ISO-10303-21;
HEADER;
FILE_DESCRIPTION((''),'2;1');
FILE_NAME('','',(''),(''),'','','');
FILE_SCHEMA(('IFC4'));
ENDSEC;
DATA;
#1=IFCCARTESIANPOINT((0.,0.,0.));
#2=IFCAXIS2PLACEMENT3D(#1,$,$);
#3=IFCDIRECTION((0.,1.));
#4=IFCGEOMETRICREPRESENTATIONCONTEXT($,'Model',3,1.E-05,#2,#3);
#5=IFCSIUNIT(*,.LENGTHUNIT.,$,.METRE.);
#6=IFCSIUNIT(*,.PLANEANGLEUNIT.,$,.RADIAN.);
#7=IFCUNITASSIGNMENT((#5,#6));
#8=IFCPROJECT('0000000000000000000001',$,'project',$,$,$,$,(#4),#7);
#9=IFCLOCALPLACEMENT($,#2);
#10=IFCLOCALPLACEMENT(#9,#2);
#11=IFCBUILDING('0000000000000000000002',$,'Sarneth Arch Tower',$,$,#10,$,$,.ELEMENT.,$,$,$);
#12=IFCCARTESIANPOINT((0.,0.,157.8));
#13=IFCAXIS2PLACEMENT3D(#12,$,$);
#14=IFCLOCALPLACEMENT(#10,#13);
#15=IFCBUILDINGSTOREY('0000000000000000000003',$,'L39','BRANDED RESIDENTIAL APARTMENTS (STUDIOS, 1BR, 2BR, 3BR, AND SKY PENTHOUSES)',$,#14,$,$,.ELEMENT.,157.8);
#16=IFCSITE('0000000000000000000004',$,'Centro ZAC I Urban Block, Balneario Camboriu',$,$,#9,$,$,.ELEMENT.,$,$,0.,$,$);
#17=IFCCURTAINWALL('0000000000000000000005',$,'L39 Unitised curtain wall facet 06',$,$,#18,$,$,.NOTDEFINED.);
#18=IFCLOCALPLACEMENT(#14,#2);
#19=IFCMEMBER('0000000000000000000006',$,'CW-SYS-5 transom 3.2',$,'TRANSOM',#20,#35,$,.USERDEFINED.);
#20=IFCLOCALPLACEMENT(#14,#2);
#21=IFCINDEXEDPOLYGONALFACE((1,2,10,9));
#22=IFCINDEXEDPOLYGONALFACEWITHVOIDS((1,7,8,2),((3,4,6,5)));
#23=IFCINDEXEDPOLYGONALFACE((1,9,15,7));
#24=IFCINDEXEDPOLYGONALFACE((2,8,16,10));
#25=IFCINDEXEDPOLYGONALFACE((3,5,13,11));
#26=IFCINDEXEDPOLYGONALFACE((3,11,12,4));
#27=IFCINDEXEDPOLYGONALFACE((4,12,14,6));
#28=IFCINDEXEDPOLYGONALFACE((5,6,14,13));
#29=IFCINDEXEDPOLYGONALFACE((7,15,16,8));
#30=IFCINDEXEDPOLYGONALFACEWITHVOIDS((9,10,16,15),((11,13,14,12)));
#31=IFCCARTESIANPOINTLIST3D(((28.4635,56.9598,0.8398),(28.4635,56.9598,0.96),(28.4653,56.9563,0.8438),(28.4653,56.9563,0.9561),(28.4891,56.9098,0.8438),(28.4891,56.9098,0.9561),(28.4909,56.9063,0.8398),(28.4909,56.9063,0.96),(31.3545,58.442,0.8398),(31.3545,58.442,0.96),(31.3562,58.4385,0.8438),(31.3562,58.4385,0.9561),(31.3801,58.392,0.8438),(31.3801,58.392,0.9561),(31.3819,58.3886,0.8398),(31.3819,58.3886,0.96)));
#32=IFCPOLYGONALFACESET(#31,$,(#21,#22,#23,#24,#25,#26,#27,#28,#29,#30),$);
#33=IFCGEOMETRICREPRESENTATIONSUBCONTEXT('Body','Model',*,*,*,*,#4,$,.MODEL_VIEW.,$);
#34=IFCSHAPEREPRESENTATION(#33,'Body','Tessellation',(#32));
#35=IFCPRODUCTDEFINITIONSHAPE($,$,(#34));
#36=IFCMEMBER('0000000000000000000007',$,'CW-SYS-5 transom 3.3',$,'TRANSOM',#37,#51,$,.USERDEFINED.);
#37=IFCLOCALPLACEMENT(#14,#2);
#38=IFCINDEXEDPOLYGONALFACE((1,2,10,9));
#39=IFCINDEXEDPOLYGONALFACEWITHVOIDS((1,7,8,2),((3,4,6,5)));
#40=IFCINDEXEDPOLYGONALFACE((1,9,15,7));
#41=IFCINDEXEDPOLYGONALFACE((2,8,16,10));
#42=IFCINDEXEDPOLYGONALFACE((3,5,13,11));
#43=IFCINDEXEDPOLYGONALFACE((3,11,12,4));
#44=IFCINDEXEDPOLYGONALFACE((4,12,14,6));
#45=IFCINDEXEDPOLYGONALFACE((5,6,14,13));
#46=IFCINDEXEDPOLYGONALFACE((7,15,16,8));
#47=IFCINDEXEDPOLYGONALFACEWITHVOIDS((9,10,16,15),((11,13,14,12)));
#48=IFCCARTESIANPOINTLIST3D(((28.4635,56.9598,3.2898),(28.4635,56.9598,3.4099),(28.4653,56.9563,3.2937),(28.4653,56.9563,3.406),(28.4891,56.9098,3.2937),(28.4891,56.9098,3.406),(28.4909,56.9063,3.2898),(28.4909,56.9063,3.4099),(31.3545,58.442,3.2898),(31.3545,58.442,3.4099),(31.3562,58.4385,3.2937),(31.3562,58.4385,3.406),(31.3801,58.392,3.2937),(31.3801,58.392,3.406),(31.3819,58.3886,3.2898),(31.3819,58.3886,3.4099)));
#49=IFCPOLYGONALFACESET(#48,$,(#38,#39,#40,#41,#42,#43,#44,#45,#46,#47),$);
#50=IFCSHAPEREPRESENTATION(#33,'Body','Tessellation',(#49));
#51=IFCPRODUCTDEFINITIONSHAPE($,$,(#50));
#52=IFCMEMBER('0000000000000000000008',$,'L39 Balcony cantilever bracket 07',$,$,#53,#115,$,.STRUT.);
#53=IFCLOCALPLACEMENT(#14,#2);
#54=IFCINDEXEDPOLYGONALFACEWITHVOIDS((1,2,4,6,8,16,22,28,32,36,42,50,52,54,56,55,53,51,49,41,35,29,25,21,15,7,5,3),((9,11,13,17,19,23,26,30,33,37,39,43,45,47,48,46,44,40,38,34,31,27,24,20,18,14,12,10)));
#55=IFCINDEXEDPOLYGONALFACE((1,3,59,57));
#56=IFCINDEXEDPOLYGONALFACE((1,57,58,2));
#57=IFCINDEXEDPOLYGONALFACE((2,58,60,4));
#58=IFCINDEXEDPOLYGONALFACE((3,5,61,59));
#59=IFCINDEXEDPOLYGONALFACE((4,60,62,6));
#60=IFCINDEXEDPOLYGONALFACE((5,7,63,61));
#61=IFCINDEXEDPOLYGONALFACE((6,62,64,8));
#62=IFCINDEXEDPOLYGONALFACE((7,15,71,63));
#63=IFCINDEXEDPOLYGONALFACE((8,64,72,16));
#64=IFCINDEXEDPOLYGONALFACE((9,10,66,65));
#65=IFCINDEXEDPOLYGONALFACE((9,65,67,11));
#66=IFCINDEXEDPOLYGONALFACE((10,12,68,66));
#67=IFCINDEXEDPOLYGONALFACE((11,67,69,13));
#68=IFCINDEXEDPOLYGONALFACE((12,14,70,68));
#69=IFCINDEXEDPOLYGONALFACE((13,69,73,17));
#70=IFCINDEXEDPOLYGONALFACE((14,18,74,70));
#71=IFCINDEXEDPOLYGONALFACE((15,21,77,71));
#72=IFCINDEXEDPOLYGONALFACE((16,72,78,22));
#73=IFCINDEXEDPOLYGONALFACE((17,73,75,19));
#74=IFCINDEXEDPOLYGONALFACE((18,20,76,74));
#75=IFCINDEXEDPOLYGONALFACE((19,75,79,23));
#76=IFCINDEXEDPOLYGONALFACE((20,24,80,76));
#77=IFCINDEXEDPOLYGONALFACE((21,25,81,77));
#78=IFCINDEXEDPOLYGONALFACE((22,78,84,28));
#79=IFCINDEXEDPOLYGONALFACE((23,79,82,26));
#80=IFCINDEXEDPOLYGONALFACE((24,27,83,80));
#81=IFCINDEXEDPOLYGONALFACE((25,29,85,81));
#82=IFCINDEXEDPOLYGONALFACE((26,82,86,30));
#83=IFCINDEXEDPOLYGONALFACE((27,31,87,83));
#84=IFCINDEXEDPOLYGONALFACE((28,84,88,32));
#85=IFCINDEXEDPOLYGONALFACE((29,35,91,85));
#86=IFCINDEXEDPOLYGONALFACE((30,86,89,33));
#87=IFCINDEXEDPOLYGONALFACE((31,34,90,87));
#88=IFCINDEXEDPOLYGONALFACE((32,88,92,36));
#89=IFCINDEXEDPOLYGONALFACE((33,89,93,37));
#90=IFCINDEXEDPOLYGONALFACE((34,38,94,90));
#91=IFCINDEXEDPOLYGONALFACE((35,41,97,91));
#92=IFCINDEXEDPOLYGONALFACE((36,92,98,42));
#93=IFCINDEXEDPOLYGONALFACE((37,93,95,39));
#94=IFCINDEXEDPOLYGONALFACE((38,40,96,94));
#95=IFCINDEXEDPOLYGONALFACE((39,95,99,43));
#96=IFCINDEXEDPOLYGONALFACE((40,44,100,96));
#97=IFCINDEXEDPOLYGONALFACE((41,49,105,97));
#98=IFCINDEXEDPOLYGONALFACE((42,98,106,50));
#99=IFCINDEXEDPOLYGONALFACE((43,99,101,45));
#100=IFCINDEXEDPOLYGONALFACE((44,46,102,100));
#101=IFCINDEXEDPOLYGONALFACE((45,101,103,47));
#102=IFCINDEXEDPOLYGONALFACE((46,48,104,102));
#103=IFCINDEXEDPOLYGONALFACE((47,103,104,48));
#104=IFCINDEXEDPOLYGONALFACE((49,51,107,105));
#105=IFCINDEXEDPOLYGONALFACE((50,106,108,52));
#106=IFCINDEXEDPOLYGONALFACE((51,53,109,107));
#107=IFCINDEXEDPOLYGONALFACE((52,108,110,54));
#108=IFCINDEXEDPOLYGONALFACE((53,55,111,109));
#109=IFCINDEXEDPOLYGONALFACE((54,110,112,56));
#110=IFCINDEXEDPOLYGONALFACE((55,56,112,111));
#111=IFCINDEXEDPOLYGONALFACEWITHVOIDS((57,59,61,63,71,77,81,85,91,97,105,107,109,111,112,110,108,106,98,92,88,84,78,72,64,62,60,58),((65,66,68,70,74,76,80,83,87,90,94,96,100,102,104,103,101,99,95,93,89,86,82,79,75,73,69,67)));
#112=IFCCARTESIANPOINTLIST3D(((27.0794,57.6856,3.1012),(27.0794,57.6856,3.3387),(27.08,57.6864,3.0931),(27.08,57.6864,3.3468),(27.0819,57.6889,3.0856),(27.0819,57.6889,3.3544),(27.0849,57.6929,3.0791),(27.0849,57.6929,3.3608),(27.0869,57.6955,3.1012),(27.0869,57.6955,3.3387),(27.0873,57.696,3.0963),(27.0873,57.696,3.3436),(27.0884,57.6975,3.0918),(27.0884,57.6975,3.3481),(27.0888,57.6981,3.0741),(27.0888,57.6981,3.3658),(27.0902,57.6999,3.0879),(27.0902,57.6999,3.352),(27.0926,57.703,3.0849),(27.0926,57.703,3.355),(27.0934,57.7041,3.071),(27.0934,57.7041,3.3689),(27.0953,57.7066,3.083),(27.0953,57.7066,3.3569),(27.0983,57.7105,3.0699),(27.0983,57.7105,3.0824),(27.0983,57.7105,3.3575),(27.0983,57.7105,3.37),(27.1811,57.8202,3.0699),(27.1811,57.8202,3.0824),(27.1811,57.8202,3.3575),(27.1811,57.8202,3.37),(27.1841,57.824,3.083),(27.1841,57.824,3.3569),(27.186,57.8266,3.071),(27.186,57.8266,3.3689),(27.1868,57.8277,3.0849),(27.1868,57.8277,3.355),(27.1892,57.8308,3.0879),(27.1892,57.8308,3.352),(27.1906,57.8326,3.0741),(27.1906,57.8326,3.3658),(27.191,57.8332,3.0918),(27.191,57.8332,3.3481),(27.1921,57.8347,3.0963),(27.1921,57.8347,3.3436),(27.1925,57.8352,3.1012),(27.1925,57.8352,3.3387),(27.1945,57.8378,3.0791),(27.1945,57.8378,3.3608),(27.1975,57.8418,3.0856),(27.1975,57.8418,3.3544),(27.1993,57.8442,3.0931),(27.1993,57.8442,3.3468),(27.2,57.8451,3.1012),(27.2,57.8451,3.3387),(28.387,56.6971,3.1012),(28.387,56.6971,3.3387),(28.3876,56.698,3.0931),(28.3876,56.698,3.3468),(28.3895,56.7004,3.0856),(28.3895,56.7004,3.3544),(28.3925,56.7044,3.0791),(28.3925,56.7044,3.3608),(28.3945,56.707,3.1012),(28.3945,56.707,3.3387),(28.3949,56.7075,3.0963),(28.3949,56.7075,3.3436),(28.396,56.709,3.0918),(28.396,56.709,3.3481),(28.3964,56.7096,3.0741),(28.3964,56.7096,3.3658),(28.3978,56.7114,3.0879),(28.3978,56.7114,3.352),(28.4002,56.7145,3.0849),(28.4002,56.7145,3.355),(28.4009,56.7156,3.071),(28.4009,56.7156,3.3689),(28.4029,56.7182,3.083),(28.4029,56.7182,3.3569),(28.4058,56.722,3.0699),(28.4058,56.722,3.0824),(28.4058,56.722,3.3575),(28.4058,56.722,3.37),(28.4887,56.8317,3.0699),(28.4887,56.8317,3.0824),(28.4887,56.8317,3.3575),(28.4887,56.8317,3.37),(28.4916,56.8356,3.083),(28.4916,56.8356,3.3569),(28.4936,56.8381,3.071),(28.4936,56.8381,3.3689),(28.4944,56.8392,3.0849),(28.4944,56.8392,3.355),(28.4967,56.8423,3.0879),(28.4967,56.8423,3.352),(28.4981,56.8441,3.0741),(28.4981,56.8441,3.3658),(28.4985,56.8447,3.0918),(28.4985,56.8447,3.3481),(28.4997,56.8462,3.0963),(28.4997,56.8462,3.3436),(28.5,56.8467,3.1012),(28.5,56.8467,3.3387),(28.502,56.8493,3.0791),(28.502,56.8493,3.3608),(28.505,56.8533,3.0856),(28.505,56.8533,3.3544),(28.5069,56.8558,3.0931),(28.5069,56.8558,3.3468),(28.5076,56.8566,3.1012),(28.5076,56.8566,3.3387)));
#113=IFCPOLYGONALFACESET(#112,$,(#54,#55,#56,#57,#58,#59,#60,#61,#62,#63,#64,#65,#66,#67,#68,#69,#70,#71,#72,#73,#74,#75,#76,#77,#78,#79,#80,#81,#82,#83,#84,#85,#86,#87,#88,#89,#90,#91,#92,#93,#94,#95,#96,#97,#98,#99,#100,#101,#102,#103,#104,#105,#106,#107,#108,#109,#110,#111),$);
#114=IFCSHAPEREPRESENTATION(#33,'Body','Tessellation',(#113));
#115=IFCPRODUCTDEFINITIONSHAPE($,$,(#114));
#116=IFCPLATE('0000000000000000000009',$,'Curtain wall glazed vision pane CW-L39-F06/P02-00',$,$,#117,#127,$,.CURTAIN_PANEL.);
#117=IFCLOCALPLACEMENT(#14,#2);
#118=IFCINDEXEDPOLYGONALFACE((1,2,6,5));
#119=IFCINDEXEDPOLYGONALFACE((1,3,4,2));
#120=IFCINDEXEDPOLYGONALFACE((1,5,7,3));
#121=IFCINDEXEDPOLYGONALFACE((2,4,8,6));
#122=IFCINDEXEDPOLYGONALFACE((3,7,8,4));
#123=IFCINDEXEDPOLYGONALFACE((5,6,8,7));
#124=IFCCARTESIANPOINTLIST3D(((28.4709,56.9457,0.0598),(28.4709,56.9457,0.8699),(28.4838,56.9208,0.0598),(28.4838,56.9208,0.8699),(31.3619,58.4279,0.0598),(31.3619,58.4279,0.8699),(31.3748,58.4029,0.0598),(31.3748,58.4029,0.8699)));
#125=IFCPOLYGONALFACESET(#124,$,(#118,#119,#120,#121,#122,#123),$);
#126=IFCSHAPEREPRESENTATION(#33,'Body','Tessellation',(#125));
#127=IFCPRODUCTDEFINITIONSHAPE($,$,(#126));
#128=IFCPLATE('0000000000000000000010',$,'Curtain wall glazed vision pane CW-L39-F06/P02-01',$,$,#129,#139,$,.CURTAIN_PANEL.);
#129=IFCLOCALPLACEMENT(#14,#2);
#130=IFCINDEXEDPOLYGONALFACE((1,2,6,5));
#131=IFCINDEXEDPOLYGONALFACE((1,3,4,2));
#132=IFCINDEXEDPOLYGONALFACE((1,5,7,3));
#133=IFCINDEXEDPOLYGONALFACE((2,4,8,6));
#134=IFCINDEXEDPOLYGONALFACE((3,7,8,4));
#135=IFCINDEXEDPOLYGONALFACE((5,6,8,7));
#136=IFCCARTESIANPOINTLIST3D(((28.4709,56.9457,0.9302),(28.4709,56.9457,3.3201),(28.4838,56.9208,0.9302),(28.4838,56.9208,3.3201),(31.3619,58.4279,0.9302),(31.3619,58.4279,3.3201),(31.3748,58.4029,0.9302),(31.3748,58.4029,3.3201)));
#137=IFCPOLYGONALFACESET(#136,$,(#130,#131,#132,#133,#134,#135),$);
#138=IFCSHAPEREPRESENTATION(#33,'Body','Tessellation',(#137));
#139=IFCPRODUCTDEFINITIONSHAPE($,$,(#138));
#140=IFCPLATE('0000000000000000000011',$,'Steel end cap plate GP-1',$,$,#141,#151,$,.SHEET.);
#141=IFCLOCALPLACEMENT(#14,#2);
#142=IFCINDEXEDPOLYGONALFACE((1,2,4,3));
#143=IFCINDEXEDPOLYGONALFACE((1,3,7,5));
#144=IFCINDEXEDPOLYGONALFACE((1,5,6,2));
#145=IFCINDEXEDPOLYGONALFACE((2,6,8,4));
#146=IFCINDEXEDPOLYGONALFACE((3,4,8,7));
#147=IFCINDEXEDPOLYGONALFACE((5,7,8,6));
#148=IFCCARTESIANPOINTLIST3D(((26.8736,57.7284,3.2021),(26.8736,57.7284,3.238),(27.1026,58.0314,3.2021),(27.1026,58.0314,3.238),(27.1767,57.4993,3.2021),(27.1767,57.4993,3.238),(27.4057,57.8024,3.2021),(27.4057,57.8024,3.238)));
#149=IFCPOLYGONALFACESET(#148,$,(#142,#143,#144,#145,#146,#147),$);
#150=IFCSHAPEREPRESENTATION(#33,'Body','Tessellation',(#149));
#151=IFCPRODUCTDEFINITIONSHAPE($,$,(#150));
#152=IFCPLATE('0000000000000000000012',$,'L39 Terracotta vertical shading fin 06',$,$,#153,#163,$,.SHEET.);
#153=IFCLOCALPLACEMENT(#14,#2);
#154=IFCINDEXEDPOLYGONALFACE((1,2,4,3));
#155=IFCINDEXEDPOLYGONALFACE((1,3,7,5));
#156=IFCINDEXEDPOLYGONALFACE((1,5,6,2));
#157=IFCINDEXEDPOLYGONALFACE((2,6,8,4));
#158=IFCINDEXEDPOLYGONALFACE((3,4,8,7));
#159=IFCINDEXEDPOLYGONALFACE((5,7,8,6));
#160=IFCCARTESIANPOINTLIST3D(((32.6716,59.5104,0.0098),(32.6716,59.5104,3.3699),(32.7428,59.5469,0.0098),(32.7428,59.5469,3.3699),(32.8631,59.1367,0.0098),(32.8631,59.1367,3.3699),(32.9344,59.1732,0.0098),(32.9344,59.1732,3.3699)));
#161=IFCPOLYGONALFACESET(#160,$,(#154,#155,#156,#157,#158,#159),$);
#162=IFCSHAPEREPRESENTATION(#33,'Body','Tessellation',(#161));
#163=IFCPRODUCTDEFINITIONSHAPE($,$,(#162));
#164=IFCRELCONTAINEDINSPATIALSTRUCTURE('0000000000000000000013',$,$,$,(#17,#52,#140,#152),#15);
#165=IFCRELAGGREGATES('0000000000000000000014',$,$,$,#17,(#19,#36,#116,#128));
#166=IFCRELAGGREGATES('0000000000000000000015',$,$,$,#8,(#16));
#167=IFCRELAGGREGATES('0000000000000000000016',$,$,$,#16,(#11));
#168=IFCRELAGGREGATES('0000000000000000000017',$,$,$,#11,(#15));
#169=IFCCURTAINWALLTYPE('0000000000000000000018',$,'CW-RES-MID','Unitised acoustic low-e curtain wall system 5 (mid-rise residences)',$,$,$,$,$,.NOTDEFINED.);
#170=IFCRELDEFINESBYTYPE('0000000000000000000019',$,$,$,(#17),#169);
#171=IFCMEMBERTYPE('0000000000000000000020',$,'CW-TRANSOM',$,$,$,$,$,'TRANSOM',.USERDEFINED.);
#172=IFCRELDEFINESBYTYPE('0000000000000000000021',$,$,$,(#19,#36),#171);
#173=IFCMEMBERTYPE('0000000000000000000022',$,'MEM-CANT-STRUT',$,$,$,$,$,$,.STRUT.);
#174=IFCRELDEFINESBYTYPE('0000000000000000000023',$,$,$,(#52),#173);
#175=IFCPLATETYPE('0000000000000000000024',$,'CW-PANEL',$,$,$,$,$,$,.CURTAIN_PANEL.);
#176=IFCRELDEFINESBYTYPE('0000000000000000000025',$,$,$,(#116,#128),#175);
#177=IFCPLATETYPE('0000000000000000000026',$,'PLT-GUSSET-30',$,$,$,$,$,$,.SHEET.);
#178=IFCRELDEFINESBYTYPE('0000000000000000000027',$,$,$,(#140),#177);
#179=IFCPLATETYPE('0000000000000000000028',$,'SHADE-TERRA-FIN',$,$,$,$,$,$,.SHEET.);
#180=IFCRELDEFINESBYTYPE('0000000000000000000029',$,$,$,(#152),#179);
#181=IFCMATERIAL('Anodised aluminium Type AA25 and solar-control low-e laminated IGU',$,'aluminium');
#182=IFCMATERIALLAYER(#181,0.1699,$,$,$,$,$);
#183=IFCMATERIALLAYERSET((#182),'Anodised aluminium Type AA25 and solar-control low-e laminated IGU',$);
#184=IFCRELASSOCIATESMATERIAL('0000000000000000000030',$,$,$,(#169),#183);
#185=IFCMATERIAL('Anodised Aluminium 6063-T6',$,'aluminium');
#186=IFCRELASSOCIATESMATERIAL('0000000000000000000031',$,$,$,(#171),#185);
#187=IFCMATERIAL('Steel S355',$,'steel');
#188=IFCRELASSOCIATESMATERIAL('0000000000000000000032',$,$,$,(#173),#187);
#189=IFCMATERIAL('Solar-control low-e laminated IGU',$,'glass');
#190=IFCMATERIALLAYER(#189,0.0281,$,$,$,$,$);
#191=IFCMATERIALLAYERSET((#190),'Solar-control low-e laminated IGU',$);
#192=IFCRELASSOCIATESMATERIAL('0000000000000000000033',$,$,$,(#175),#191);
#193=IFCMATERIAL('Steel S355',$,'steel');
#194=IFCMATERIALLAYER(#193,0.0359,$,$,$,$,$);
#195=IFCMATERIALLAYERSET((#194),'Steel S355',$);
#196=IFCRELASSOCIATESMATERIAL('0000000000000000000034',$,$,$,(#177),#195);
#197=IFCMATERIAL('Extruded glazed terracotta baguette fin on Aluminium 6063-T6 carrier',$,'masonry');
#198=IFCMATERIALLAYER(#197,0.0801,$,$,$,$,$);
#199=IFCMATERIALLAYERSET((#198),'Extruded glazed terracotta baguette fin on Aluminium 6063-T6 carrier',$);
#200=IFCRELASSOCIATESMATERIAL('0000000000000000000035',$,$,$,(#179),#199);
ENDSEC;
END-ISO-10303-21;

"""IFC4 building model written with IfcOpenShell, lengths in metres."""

from ifc_helpers import new_model, si_unit, direction, frame, origin, origin_2d, place, context, subcontext, project, spatial, rectangle, hollow_rectangle, extrude, material, layer, layer_set, material_profile, profile_set, type_object, element, aggregate, save


model = new_model("IFC4")

# Units and contexts
model_context = context("Model", 3, precision=1e-05, world=origin(), true_north=direction((0.0, 1.0)))
body_context = subcontext(model_context, "Body", "Model", "MODEL_VIEW")
ifc_project = project(units=[si_unit("LENGTHUNIT", "METRE"), si_unit("PLANEANGLEUNIT", "RADIAN")], contexts=[model_context])

# Site, building, storey
site_placement = place(None, origin())
site = spatial("IfcSite", under=ifc_project, at=site_placement, Name="Centro ZAC I Urban Block, Balneario Camboriu", CompositionType="ELEMENT", RefElevation=0.0)
building_placement = place(site_placement, origin())
building = spatial("IfcBuilding", under=site, at=building_placement, Name="Sarneth Arch Tower", CompositionType="ELEMENT")
storey_placement = place(building_placement, frame((0.0, 0.0, 157.8)))
storey = spatial("IfcBuildingStorey", under=building, at=storey_placement, Name="L39", Description="BRANDED RESIDENTIAL APARTMENTS (STUDIOS, 1BR, 2BR, 3BR, AND SKY PENTHOUSES)", CompositionType="ELEMENT", Elevation=157.8)

# Curtain wall, members
ifc_material_1 = material(Name="Anodised aluminium Type AA25 and solar-control low-e laminated IGU", Category="aluminium")
ifc_layer_1 = layer(ifc_material_1, 0.1699)
ifc_layer_set_1 = layer_set([ifc_layer_1], Name="Anodised aluminium Type AA25 and solar-control low-e laminated IGU")
curtain_wall_type = type_object("IfcCurtainWallType", Name="CW-RES-MID", Description="Unitised acoustic low-e curtain wall system 5 (mid-rise residences)", PredefinedType="NOTDEFINED", material=ifc_layer_set_1)
curtain_wall_placement = place(storey_placement, origin())
curtain_wall = element("IfcCurtainWall", 1, at=curtain_wall_placement, inside=storey, type_object=curtain_wall_type, Name="L39 Unitised curtain wall facet 06", PredefinedType="NOTDEFINED")
ifc_material_2 = material(Name="Anodised Aluminium 6063-T6", Category="aluminium")
ifc_material_profile_1 = material_profile(ifc_material_2, hollow_rectangle(XDim=0.0601, YDim=0.1201, WallThickness=0.0039, at=origin_2d()), Name="AL-TRAN-120x60x4")
ifc_profile_set_1 = profile_set([ifc_material_profile_1], Name="Anodised Aluminium 6063-T6")
member_type_1 = type_object("IfcMemberType", Name="CW-TRANSOM", ElementType="TRANSOM", PredefinedType="USERDEFINED", material=ifc_profile_set_1)
member_1_placement = place(storey_placement, frame((31.3682, 58.4153, 0.8999), z_axis=(-0.889857, -0.456239, 0.0), x_axis=(0.456239, -0.889857, 0.0)))
member_1 = element("IfcMember", 2, at=member_1_placement, type_object=member_type_1, Name="CW-SYS-5 transom 3.2", ObjectType="TRANSOM", PredefinedType="USERDEFINED", context=body_context, shape_type="SweptSolid", body=[
    extrude(hollow_rectangle(XDim=0.0601, YDim=0.1201, WallThickness=0.0039, at=origin_2d()), origin(), (0.0, 0.0, 1.0), 3.2488),
])
member_2_placement = place(storey_placement, frame((31.3682, 58.4153, 3.3499), z_axis=(-0.889857, -0.456239, 0.0), x_axis=(0.456239, -0.889857, 0.0)))
member_2 = element("IfcMember", 3, at=member_2_placement, type_object=member_type_1, Name="CW-SYS-5 transom 3.3", ObjectType="TRANSOM", PredefinedType="USERDEFINED", context=body_context, shape_type="SweptSolid", body=[
    extrude(hollow_rectangle(XDim=0.0601, YDim=0.1201, WallThickness=0.0039, at=origin_2d()), origin(), (0.0, 0.0, 1.0), 3.2488),
])

# Member
ifc_material_3 = material(Name="Steel S355", Category="steel")
ifc_material_profile_2 = material_profile(ifc_material_3, hollow_rectangle(XDim=0.2, YDim=0.3, WallThickness=0.0125, InnerFilletRadius=0.0188, OuterFilletRadius=0.0312, at=origin_2d()), Name="RHS300x200x12.5")
ifc_profile_set_2 = profile_set([ifc_material_profile_2], Name="Steel S355")
member_type_2 = type_object("IfcMemberType", Name="MEM-CANT-STRUT", PredefinedType="STRUT", material=ifc_profile_set_2)
member_3_placement = place(storey_placement, frame((28.4473, 56.7769, 3.22), z_axis=(-0.797707, 0.603046, 0.0), x_axis=(-0.603046, -0.797707, 0.0)))
element("IfcMember", 4, at=member_3_placement, inside=storey, type_object=member_type_2, Name="L39 Balcony cantilever bracket 07", PredefinedType="STRUT", context=body_context, shape_type="SweptSolid", body=[
    extrude(hollow_rectangle(XDim=0.2, YDim=0.3, WallThickness=0.0125, InnerFilletRadius=0.0188, OuterFilletRadius=0.0312, at=origin_2d()), origin(), (0.0, 0.0, 1.0), 1.6392),
])

# Plates
ifc_material_4 = material(Name="Solar-control low-e laminated IGU", Category="glass")
ifc_layer_2 = layer(ifc_material_4, 0.0281)
ifc_layer_set_2 = layer_set([ifc_layer_2], Name="Solar-control low-e laminated IGU")
plate_type_1 = type_object("IfcPlateType", Name="CW-PANEL", PredefinedType="CURTAIN_PANEL", material=ifc_layer_set_2)
plate_1_placement = place(storey_placement, frame((29.9229, 57.6743, 0.0598), z_axis=(0.0, 0.0, 1.0), x_axis=(-0.889873, -0.456208, 0.0)))
plate_1 = element("IfcPlate", 5, at=plate_1_placement, type_object=plate_type_1, Name="Curtain wall glazed vision pane CW-L39-F06/P02-00", PredefinedType="CURTAIN_PANEL", context=body_context, shape_type="SweptSolid", body=[
    extrude(rectangle(XDim=3.2488, YDim=0.0281, at=origin_2d()), origin(), (0.0, 0.0, 1.0), 0.8101),
])
plate_2_placement = place(storey_placement, frame((29.9229, 57.6743, 0.9302), z_axis=(0.0, 0.0, 1.0), x_axis=(-0.889873, -0.456208, 0.0)))
plate_2 = element("IfcPlate", 6, at=plate_2_placement, type_object=plate_type_1, Name="Curtain wall glazed vision pane CW-L39-F06/P02-01", PredefinedType="CURTAIN_PANEL", context=body_context, shape_type="SweptSolid", body=[
    extrude(rectangle(XDim=3.2488, YDim=0.0281, at=origin_2d()), origin(), (0.0, 0.0, 1.0), 2.3899),
])
aggregate(curtain_wall, [member_1, member_2, plate_1, plate_2])

# Plates
ifc_material_5 = material(Name="Steel S355", Category="steel")
ifc_layer_3 = layer(ifc_material_5, 0.0359)
ifc_layer_set_3 = layer_set([ifc_layer_3], Name="Steel S355")
plate_type_2 = type_object("IfcPlateType", Name="PLT-GUSSET-30", PredefinedType="SHEET", material=ifc_layer_set_3)
plate_3_placement = place(storey_placement, frame((27.1396, 57.7654, 3.2021), z_axis=(0.0, 0.0, 1.0), x_axis=(-0.797794, 0.60293, 0.0)))
element("IfcPlate", 7, at=plate_3_placement, inside=storey, type_object=plate_type_2, Name="Steel end cap plate GP-1", PredefinedType="SHEET", context=body_context, shape_type="SweptSolid", body=[
    extrude(rectangle(XDim=0.3799, YDim=0.3799, at=origin_2d()), origin(), (0.0, 0.0, 1.0), 0.0359),
])
ifc_material_6 = material(Name="Extruded glazed terracotta baguette fin on Aluminium 6063-T6 carrier", Category="masonry")
ifc_layer_4 = layer(ifc_material_6, 0.0801)
ifc_layer_set_4 = layer_set([ifc_layer_4], Name="Extruded glazed terracotta baguette fin on Aluminium 6063-T6 carrier")
plate_type_3 = type_object("IfcPlateType", Name="SHADE-TERRA-FIN", PredefinedType="SHEET", material=ifc_layer_set_4)
plate_4_placement = place(storey_placement, frame((32.803, 59.3418, 0.0098), z_axis=(0.0, 0.0, 1.0), x_axis=(-0.456166, 0.889895, 0.0)))
element("IfcPlate", 8, at=plate_4_placement, inside=storey, type_object=plate_type_3, Name="L39 Terracotta vertical shading fin 06", PredefinedType="SHEET", context=body_context, shape_type="SweptSolid", body=[
    extrude(rectangle(XDim=0.4199, YDim=0.0801, at=origin_2d()), origin(), (0.0, 0.0, 1.0), 3.3601),
])

save(model, "model.ifc")
